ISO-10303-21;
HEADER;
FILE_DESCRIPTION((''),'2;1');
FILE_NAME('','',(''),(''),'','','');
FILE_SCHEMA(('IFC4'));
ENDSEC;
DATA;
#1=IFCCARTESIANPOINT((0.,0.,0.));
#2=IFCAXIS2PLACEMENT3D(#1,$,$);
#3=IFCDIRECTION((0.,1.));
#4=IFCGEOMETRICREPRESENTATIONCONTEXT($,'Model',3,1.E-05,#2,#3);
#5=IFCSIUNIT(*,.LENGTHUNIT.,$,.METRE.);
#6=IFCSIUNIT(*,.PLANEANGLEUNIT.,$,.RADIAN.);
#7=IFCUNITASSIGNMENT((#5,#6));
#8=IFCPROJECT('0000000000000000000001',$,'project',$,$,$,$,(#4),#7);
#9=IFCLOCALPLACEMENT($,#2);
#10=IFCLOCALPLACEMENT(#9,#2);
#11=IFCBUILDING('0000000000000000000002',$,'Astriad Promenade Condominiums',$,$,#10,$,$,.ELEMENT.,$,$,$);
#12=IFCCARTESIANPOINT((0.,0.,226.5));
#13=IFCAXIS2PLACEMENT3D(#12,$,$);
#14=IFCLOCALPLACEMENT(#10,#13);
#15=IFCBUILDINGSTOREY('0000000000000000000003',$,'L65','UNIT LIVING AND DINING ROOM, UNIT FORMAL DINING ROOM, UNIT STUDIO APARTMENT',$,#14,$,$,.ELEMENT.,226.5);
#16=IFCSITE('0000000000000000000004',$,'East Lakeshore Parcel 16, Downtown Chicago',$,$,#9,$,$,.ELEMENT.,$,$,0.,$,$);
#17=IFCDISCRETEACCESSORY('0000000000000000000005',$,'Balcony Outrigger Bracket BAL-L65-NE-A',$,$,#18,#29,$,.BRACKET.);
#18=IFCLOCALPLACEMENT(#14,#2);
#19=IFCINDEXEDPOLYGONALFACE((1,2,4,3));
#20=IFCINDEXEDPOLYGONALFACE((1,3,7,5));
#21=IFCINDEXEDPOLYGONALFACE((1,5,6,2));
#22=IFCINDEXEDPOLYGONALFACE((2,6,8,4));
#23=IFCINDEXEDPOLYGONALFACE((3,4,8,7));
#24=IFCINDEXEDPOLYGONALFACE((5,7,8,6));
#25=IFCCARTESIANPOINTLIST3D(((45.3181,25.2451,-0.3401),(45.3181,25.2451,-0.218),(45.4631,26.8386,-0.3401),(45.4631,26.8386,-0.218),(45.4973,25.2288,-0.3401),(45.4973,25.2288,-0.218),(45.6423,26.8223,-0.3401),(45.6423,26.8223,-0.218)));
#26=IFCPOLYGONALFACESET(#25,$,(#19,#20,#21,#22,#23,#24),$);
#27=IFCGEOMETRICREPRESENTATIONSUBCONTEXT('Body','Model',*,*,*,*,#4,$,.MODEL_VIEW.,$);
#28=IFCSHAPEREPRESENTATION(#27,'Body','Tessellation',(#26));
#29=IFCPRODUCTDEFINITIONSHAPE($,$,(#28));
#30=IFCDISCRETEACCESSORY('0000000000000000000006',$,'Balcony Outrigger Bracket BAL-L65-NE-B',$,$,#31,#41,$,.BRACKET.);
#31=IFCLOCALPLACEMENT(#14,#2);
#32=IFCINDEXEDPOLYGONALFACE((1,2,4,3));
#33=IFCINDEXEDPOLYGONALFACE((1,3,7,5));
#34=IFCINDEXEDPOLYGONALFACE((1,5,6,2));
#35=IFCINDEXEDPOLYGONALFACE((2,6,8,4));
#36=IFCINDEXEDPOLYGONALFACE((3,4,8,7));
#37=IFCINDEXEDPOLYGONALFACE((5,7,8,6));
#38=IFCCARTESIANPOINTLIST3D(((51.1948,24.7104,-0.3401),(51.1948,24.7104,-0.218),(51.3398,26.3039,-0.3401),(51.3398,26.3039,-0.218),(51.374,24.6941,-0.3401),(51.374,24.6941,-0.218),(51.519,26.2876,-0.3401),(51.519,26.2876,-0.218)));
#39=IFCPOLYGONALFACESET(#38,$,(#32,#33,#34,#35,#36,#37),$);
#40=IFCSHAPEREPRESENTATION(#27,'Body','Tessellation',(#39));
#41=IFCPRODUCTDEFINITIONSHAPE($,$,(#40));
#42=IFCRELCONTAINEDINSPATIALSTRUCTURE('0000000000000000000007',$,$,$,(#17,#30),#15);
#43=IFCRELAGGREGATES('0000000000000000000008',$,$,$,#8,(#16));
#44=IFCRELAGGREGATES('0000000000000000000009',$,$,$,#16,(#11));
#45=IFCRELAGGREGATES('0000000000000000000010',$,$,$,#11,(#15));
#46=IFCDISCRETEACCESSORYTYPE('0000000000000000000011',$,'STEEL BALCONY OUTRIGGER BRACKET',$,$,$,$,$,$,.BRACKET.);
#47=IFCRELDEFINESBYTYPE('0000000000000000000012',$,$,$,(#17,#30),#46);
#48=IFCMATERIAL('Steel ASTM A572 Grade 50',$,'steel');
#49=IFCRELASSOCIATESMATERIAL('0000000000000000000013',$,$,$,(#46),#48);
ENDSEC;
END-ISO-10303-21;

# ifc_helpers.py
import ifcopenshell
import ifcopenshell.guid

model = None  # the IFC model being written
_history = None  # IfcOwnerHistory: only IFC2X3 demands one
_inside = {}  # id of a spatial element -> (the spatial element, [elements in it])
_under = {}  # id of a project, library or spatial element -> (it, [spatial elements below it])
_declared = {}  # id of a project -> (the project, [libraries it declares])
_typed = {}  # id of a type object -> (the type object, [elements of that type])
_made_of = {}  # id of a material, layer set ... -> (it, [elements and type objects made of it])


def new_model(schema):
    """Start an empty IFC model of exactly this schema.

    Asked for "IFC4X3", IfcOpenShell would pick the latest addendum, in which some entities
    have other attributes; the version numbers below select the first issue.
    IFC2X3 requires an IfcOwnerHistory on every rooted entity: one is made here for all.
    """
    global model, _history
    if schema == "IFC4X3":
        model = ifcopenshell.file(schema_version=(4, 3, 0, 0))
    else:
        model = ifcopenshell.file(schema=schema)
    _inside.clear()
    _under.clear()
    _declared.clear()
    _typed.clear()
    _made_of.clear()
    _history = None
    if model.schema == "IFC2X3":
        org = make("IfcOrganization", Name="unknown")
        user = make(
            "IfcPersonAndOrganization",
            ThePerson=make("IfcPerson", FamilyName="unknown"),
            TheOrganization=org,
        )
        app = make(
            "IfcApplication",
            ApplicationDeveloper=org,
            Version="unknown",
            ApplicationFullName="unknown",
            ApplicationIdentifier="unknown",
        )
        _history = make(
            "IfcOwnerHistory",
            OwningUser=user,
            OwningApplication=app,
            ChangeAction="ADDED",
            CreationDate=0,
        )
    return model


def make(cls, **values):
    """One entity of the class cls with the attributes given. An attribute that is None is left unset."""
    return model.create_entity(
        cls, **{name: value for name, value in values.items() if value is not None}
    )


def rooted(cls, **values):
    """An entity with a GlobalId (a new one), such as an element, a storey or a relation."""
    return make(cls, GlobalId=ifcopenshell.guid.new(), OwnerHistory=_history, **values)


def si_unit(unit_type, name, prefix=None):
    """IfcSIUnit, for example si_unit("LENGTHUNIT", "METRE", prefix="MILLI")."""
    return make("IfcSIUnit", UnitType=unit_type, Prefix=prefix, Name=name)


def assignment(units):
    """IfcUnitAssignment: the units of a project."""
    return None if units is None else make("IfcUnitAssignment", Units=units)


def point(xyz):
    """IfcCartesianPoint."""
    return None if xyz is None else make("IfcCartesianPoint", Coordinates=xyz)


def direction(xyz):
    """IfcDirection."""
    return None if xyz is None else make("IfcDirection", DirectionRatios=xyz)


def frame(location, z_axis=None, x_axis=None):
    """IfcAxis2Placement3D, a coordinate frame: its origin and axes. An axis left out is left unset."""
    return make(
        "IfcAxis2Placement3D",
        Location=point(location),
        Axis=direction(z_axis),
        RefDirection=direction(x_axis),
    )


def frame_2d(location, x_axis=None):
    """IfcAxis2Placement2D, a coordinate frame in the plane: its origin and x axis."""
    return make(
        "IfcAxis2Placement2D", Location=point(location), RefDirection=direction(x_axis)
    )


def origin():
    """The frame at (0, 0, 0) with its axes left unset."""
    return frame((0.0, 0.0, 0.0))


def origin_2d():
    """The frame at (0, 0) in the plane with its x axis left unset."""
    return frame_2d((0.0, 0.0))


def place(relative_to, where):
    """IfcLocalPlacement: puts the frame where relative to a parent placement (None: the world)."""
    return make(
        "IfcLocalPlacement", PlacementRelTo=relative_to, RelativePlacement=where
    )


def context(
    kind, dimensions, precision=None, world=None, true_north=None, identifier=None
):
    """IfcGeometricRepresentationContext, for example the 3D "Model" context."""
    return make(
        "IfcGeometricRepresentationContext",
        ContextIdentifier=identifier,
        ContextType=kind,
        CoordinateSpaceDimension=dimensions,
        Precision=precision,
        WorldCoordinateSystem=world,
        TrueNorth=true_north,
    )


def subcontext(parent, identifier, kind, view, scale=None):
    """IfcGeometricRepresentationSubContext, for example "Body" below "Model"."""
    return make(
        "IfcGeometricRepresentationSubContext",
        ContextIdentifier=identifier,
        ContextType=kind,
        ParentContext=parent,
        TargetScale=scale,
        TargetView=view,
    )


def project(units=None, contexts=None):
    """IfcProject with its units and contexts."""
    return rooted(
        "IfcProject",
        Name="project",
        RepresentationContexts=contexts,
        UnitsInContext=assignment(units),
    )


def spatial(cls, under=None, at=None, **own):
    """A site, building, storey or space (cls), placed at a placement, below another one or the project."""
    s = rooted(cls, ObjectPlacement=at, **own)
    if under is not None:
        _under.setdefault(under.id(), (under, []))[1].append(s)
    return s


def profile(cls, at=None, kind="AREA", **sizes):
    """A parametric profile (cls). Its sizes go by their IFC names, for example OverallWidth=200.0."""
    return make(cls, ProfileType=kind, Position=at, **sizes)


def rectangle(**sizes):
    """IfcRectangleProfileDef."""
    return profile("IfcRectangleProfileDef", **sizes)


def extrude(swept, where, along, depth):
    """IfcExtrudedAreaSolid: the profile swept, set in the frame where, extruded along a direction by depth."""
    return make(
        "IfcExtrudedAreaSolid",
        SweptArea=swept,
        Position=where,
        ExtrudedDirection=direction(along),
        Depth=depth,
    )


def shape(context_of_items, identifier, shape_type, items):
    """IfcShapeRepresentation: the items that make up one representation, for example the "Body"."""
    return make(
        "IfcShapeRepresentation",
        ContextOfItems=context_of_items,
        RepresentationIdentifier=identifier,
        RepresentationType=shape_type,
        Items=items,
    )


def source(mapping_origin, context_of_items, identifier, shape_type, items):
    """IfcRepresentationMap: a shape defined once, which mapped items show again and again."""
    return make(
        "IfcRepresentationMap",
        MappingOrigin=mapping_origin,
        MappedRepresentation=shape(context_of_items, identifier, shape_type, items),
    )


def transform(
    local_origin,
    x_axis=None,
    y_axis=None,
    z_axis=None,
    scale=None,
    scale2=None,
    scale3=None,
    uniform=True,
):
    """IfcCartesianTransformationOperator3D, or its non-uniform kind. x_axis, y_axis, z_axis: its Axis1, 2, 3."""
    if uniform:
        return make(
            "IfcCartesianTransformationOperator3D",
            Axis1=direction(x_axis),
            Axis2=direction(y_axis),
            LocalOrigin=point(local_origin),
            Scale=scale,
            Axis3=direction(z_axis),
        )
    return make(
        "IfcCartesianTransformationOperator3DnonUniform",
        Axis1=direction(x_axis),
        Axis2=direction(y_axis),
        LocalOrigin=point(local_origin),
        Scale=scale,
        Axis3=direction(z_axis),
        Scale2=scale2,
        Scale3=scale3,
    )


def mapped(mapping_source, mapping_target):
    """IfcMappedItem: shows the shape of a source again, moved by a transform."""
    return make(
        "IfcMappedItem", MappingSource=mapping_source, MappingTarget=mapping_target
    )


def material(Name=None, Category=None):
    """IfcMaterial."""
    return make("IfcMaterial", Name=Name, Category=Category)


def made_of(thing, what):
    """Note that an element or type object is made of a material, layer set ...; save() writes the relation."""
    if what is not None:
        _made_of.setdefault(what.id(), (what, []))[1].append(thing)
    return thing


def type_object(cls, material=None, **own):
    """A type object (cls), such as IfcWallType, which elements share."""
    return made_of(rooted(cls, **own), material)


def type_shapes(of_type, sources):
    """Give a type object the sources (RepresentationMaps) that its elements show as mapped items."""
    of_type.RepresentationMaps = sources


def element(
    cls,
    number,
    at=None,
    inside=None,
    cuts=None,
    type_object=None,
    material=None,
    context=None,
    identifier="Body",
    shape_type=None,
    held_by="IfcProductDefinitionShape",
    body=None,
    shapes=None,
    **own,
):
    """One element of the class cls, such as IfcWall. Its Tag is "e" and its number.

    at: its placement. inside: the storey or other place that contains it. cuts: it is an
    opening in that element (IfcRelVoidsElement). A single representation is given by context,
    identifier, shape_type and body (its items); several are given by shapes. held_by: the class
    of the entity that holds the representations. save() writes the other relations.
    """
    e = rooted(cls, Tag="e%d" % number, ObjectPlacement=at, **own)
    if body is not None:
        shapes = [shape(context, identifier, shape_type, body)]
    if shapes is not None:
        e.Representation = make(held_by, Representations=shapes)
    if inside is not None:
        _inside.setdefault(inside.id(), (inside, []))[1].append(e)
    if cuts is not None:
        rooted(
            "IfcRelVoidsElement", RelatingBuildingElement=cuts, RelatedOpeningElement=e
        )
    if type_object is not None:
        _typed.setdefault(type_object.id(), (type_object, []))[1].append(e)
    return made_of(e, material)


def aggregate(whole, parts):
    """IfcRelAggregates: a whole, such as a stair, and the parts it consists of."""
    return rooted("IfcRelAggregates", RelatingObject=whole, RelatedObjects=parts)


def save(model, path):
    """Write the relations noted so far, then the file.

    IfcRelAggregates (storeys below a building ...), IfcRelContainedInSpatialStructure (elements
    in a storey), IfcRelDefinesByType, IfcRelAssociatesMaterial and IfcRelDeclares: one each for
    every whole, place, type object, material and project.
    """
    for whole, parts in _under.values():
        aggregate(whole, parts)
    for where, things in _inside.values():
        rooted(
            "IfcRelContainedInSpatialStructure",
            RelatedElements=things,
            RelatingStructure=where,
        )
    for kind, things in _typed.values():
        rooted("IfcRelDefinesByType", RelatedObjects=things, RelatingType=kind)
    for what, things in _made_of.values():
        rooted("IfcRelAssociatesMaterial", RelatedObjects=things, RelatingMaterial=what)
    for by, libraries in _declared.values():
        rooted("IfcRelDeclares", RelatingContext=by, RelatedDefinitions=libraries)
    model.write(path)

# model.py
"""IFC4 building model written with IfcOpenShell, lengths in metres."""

from ifc_helpers import new_model, si_unit, direction, frame, origin, origin_2d, place, context, subcontext, project, spatial, rectangle, extrude, source, transform, mapped, material, type_object, type_shapes, element, save


model = new_model("IFC4")

# Units and contexts
model_context = context("Model", 3, precision=1e-05, world=origin(), true_north=direction((0.0, 1.0)))
body_context = subcontext(model_context, "Body", "Model", "MODEL_VIEW")
ifc_project = project(units=[si_unit("LENGTHUNIT", "METRE"), si_unit("PLANEANGLEUNIT", "RADIAN")], contexts=[model_context])

# Site, building, storey
site_placement = place(None, origin())
site = spatial("IfcSite", under=ifc_project, at=site_placement, Name="East Lakeshore Parcel 16, Downtown Chicago", CompositionType="ELEMENT", RefElevation=0.0)
building_placement = place(site_placement, origin())
building = spatial("IfcBuilding", under=site, at=building_placement, Name="Astriad Promenade Condominiums", CompositionType="ELEMENT")
storey_placement = place(building_placement, frame((0.0, 0.0, 226.5)))
storey = spatial("IfcBuildingStorey", under=building, at=storey_placement, Name="L65", Description="UNIT LIVING AND DINING ROOM, UNIT FORMAL DINING ROOM, UNIT STUDIO APARTMENT", CompositionType="ELEMENT", Elevation=226.5)

# Discrete accessories
ifc_material_1 = material(Name="Steel ASTM A572 Grade 50", Category="steel")
discrete_accessory_type = type_object("IfcDiscreteAccessoryType", Name="STEEL BALCONY OUTRIGGER BRACKET", PredefinedType="BRACKET", material=ifc_material_1)
shared_shape_1 = source(origin(), body_context, "Body", "SweptSolid", [
    extrude(rectangle(XDim=1.6001, YDim=0.1799, at=origin_2d()), origin(), (0.0, 0.0, 1.0), 0.1221),
])
type_shapes(discrete_accessory_type, [shared_shape_1])
for number, where, z_axis, x_axis, name in (
    (1, (45.4802, 26.0337, -0.3401), (0.0, 0.0, 1.0), (0.090633, 0.995884, 0.0), "Balcony Outrigger Bracket BAL-L65-NE-A"),
    (2, (51.3569, 25.499, -0.3401), (0.0, 0.0, 1.0), (0.090633, 0.995884, 0.0), "Balcony Outrigger Bracket BAL-L65-NE-B"),
):
    element("IfcDiscreteAccessory", number, at=place(storey_placement, frame(where, z_axis=z_axis, x_axis=x_axis)), inside=storey, type_object=discrete_accessory_type, Name=name, PredefinedType="BRACKET", context=body_context, shape_type="MappedRepresentation", body=[
        mapped(shared_shape_1, transform((0.0, 0.0, 0.0), scale=1.0)),
    ])

save(model, "model.ifc")
